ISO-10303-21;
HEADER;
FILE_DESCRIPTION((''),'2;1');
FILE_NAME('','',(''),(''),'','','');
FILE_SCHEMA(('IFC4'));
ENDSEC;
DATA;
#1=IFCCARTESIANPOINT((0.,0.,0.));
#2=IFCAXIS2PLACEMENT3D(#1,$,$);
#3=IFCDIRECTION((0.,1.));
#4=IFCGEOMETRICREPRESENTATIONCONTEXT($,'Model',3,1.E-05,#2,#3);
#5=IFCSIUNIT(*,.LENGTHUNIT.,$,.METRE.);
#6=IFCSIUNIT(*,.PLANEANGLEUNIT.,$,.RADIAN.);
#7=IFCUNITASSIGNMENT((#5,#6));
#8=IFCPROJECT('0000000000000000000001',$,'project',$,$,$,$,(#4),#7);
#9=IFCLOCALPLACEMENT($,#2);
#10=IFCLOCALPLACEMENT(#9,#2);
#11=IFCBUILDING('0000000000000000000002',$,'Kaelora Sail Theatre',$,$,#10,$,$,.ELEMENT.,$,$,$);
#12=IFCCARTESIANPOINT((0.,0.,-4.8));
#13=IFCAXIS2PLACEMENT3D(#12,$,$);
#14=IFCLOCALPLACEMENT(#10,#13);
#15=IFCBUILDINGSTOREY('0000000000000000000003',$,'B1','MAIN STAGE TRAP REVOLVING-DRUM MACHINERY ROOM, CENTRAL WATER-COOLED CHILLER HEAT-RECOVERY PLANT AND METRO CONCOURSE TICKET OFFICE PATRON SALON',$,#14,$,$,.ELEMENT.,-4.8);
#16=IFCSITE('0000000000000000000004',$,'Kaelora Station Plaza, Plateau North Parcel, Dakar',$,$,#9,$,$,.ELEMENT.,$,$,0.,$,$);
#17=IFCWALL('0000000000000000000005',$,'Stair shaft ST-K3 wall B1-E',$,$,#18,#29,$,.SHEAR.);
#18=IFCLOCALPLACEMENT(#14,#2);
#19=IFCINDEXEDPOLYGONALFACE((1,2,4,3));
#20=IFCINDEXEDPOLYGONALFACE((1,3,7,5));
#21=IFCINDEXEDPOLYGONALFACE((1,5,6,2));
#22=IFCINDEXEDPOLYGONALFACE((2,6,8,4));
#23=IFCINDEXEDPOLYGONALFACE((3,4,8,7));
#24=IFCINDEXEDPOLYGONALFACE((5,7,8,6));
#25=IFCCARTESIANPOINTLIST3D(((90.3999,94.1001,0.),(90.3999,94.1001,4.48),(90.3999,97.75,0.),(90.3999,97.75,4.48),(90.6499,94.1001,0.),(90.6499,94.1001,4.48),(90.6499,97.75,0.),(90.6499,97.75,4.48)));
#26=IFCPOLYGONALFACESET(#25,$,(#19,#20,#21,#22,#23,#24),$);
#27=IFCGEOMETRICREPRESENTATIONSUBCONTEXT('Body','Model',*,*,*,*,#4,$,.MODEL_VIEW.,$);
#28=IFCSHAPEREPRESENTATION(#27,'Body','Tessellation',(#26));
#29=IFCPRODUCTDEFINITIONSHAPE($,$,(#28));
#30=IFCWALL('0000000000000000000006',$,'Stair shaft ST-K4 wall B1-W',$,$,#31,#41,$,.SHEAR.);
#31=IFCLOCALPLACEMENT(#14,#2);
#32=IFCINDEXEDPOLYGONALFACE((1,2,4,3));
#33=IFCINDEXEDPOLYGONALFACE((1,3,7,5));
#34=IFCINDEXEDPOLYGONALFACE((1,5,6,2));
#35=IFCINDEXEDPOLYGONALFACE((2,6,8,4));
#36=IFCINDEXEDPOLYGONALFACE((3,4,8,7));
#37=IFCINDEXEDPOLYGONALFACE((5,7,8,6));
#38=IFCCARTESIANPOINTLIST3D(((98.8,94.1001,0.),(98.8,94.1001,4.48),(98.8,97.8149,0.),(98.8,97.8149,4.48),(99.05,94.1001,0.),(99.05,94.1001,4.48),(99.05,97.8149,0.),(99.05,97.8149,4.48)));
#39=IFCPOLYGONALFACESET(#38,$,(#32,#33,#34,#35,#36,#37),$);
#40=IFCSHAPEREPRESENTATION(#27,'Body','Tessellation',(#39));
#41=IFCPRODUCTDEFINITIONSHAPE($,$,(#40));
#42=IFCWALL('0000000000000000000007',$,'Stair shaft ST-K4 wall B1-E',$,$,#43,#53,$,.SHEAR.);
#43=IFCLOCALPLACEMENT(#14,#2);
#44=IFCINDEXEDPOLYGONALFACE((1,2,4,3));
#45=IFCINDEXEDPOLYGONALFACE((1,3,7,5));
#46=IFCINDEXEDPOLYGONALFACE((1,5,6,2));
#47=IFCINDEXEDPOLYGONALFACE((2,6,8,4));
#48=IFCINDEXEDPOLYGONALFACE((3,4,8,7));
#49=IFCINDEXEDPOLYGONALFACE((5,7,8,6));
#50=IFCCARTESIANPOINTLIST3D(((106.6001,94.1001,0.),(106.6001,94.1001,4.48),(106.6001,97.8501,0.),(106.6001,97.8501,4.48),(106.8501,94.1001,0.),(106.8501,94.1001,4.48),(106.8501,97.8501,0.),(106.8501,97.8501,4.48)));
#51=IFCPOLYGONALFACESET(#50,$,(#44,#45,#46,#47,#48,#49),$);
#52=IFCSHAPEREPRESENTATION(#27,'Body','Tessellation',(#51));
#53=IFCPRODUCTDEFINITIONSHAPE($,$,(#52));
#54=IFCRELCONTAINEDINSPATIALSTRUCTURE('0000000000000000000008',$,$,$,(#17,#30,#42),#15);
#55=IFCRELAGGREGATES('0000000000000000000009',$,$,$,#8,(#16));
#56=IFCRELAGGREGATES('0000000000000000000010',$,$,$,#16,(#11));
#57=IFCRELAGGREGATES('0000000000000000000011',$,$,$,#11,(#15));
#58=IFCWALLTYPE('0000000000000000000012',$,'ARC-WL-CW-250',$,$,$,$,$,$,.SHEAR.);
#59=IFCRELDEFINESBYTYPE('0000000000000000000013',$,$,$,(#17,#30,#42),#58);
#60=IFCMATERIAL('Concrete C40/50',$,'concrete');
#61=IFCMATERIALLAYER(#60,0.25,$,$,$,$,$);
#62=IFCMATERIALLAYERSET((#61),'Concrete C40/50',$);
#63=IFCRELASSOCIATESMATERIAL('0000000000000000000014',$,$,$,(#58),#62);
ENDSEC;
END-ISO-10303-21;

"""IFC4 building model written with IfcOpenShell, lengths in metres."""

from ifc_helpers import new_model, si_unit, direction, frame, frame_2d, origin, place, context, subcontext, project, spatial, rectangle, extrude, material, layer, layer_set, type_object, element, save


model = new_model("IFC4")

# Units and contexts
model_context = context("Model", 3, precision=1e-05, world=origin(), true_north=direction((0.0, 1.0)))
body_context = subcontext(model_context, "Body", "Model", "MODEL_VIEW")
ifc_project = project(units=[si_unit("LENGTHUNIT", "METRE"), si_unit("PLANEANGLEUNIT", "RADIAN")], contexts=[model_context])

# Site, building, storey
site_placement = place(None, origin())
site = spatial("IfcSite", under=ifc_project, at=site_placement, Name="Kaelora Station Plaza, Plateau North Parcel, Dakar", CompositionType="ELEMENT", RefElevation=0.0)
building_placement = place(site_placement, origin())
building = spatial("IfcBuilding", under=site, at=building_placement, Name="Kaelora Sail Theatre", CompositionType="ELEMENT")
storey_placement = place(building_placement, frame((0.0, 0.0, -4.8)))
storey = spatial("IfcBuildingStorey", under=building, at=storey_placement, Name="B1", Description="MAIN STAGE TRAP REVOLVING-DRUM MACHINERY ROOM, CENTRAL WATER-COOLED CHILLER HEAT-RECOVERY PLANT AND METRO CONCOURSE TICKET OFFICE PATRON SALON", CompositionType="ELEMENT", Elevation=-4.8)

# Walls
ifc_material_1 = material(Name="Concrete C40/50", Category="concrete")
ifc_layer = layer(ifc_material_1, 0.25)
ifc_layer_set = layer_set([ifc_layer], Name="Concrete C40/50")
wall_type = type_object("IfcWallType", Name="ARC-WL-CW-250", PredefinedType="SHEAR", material=ifc_layer_set)
wall_1_placement = place(storey_placement, frame((90.5249, 94.1001, 0.0), z_axis=(0.0, 0.0, 1.0), x_axis=(0.0, 1.0, 0.0)))
element("IfcWall", 1, at=wall_1_placement, inside=storey, type_object=wall_type, Name="Stair shaft ST-K3 wall B1-E", PredefinedType="SHEAR", context=body_context, shape_type="SweptSolid", body=[
    extrude(rectangle(XDim=3.6499, YDim=0.25, at=frame_2d((1.825, 0.0))), origin(), (0.0, 0.0, 1.0), 4.48),
])
wall_2_placement = place(storey_placement, frame((98.925, 94.1001, 0.0), z_axis=(0.0, 0.0, 1.0), x_axis=(0.0, 1.0, 0.0)))
element("IfcWall", 2, at=wall_2_placement, inside=storey, type_object=wall_type, Name="Stair shaft ST-K4 wall B1-W", PredefinedType="SHEAR", context=body_context, shape_type="SweptSolid", body=[
    extrude(rectangle(XDim=3.7148, YDim=0.25, at=frame_2d((1.8574, 0.0))), origin(), (0.0, 0.0, 1.0), 4.48),
])
wall_3_placement = place(storey_placement, frame((106.7251, 94.1001, 0.0), z_axis=(0.0, 0.0, 1.0), x_axis=(0.0, 1.0, 0.0)))
element("IfcWall", 3, at=wall_3_placement, inside=storey, type_object=wall_type, Name="Stair shaft ST-K4 wall B1-E", PredefinedType="SHEAR", context=body_context, shape_type="SweptSolid", body=[
    extrude(rectangle(XDim=3.75, YDim=0.25, at=frame_2d((1.875, 0.0))), origin(), (0.0, 0.0, 1.0), 4.48),
])

save(model, "model.ifc")
